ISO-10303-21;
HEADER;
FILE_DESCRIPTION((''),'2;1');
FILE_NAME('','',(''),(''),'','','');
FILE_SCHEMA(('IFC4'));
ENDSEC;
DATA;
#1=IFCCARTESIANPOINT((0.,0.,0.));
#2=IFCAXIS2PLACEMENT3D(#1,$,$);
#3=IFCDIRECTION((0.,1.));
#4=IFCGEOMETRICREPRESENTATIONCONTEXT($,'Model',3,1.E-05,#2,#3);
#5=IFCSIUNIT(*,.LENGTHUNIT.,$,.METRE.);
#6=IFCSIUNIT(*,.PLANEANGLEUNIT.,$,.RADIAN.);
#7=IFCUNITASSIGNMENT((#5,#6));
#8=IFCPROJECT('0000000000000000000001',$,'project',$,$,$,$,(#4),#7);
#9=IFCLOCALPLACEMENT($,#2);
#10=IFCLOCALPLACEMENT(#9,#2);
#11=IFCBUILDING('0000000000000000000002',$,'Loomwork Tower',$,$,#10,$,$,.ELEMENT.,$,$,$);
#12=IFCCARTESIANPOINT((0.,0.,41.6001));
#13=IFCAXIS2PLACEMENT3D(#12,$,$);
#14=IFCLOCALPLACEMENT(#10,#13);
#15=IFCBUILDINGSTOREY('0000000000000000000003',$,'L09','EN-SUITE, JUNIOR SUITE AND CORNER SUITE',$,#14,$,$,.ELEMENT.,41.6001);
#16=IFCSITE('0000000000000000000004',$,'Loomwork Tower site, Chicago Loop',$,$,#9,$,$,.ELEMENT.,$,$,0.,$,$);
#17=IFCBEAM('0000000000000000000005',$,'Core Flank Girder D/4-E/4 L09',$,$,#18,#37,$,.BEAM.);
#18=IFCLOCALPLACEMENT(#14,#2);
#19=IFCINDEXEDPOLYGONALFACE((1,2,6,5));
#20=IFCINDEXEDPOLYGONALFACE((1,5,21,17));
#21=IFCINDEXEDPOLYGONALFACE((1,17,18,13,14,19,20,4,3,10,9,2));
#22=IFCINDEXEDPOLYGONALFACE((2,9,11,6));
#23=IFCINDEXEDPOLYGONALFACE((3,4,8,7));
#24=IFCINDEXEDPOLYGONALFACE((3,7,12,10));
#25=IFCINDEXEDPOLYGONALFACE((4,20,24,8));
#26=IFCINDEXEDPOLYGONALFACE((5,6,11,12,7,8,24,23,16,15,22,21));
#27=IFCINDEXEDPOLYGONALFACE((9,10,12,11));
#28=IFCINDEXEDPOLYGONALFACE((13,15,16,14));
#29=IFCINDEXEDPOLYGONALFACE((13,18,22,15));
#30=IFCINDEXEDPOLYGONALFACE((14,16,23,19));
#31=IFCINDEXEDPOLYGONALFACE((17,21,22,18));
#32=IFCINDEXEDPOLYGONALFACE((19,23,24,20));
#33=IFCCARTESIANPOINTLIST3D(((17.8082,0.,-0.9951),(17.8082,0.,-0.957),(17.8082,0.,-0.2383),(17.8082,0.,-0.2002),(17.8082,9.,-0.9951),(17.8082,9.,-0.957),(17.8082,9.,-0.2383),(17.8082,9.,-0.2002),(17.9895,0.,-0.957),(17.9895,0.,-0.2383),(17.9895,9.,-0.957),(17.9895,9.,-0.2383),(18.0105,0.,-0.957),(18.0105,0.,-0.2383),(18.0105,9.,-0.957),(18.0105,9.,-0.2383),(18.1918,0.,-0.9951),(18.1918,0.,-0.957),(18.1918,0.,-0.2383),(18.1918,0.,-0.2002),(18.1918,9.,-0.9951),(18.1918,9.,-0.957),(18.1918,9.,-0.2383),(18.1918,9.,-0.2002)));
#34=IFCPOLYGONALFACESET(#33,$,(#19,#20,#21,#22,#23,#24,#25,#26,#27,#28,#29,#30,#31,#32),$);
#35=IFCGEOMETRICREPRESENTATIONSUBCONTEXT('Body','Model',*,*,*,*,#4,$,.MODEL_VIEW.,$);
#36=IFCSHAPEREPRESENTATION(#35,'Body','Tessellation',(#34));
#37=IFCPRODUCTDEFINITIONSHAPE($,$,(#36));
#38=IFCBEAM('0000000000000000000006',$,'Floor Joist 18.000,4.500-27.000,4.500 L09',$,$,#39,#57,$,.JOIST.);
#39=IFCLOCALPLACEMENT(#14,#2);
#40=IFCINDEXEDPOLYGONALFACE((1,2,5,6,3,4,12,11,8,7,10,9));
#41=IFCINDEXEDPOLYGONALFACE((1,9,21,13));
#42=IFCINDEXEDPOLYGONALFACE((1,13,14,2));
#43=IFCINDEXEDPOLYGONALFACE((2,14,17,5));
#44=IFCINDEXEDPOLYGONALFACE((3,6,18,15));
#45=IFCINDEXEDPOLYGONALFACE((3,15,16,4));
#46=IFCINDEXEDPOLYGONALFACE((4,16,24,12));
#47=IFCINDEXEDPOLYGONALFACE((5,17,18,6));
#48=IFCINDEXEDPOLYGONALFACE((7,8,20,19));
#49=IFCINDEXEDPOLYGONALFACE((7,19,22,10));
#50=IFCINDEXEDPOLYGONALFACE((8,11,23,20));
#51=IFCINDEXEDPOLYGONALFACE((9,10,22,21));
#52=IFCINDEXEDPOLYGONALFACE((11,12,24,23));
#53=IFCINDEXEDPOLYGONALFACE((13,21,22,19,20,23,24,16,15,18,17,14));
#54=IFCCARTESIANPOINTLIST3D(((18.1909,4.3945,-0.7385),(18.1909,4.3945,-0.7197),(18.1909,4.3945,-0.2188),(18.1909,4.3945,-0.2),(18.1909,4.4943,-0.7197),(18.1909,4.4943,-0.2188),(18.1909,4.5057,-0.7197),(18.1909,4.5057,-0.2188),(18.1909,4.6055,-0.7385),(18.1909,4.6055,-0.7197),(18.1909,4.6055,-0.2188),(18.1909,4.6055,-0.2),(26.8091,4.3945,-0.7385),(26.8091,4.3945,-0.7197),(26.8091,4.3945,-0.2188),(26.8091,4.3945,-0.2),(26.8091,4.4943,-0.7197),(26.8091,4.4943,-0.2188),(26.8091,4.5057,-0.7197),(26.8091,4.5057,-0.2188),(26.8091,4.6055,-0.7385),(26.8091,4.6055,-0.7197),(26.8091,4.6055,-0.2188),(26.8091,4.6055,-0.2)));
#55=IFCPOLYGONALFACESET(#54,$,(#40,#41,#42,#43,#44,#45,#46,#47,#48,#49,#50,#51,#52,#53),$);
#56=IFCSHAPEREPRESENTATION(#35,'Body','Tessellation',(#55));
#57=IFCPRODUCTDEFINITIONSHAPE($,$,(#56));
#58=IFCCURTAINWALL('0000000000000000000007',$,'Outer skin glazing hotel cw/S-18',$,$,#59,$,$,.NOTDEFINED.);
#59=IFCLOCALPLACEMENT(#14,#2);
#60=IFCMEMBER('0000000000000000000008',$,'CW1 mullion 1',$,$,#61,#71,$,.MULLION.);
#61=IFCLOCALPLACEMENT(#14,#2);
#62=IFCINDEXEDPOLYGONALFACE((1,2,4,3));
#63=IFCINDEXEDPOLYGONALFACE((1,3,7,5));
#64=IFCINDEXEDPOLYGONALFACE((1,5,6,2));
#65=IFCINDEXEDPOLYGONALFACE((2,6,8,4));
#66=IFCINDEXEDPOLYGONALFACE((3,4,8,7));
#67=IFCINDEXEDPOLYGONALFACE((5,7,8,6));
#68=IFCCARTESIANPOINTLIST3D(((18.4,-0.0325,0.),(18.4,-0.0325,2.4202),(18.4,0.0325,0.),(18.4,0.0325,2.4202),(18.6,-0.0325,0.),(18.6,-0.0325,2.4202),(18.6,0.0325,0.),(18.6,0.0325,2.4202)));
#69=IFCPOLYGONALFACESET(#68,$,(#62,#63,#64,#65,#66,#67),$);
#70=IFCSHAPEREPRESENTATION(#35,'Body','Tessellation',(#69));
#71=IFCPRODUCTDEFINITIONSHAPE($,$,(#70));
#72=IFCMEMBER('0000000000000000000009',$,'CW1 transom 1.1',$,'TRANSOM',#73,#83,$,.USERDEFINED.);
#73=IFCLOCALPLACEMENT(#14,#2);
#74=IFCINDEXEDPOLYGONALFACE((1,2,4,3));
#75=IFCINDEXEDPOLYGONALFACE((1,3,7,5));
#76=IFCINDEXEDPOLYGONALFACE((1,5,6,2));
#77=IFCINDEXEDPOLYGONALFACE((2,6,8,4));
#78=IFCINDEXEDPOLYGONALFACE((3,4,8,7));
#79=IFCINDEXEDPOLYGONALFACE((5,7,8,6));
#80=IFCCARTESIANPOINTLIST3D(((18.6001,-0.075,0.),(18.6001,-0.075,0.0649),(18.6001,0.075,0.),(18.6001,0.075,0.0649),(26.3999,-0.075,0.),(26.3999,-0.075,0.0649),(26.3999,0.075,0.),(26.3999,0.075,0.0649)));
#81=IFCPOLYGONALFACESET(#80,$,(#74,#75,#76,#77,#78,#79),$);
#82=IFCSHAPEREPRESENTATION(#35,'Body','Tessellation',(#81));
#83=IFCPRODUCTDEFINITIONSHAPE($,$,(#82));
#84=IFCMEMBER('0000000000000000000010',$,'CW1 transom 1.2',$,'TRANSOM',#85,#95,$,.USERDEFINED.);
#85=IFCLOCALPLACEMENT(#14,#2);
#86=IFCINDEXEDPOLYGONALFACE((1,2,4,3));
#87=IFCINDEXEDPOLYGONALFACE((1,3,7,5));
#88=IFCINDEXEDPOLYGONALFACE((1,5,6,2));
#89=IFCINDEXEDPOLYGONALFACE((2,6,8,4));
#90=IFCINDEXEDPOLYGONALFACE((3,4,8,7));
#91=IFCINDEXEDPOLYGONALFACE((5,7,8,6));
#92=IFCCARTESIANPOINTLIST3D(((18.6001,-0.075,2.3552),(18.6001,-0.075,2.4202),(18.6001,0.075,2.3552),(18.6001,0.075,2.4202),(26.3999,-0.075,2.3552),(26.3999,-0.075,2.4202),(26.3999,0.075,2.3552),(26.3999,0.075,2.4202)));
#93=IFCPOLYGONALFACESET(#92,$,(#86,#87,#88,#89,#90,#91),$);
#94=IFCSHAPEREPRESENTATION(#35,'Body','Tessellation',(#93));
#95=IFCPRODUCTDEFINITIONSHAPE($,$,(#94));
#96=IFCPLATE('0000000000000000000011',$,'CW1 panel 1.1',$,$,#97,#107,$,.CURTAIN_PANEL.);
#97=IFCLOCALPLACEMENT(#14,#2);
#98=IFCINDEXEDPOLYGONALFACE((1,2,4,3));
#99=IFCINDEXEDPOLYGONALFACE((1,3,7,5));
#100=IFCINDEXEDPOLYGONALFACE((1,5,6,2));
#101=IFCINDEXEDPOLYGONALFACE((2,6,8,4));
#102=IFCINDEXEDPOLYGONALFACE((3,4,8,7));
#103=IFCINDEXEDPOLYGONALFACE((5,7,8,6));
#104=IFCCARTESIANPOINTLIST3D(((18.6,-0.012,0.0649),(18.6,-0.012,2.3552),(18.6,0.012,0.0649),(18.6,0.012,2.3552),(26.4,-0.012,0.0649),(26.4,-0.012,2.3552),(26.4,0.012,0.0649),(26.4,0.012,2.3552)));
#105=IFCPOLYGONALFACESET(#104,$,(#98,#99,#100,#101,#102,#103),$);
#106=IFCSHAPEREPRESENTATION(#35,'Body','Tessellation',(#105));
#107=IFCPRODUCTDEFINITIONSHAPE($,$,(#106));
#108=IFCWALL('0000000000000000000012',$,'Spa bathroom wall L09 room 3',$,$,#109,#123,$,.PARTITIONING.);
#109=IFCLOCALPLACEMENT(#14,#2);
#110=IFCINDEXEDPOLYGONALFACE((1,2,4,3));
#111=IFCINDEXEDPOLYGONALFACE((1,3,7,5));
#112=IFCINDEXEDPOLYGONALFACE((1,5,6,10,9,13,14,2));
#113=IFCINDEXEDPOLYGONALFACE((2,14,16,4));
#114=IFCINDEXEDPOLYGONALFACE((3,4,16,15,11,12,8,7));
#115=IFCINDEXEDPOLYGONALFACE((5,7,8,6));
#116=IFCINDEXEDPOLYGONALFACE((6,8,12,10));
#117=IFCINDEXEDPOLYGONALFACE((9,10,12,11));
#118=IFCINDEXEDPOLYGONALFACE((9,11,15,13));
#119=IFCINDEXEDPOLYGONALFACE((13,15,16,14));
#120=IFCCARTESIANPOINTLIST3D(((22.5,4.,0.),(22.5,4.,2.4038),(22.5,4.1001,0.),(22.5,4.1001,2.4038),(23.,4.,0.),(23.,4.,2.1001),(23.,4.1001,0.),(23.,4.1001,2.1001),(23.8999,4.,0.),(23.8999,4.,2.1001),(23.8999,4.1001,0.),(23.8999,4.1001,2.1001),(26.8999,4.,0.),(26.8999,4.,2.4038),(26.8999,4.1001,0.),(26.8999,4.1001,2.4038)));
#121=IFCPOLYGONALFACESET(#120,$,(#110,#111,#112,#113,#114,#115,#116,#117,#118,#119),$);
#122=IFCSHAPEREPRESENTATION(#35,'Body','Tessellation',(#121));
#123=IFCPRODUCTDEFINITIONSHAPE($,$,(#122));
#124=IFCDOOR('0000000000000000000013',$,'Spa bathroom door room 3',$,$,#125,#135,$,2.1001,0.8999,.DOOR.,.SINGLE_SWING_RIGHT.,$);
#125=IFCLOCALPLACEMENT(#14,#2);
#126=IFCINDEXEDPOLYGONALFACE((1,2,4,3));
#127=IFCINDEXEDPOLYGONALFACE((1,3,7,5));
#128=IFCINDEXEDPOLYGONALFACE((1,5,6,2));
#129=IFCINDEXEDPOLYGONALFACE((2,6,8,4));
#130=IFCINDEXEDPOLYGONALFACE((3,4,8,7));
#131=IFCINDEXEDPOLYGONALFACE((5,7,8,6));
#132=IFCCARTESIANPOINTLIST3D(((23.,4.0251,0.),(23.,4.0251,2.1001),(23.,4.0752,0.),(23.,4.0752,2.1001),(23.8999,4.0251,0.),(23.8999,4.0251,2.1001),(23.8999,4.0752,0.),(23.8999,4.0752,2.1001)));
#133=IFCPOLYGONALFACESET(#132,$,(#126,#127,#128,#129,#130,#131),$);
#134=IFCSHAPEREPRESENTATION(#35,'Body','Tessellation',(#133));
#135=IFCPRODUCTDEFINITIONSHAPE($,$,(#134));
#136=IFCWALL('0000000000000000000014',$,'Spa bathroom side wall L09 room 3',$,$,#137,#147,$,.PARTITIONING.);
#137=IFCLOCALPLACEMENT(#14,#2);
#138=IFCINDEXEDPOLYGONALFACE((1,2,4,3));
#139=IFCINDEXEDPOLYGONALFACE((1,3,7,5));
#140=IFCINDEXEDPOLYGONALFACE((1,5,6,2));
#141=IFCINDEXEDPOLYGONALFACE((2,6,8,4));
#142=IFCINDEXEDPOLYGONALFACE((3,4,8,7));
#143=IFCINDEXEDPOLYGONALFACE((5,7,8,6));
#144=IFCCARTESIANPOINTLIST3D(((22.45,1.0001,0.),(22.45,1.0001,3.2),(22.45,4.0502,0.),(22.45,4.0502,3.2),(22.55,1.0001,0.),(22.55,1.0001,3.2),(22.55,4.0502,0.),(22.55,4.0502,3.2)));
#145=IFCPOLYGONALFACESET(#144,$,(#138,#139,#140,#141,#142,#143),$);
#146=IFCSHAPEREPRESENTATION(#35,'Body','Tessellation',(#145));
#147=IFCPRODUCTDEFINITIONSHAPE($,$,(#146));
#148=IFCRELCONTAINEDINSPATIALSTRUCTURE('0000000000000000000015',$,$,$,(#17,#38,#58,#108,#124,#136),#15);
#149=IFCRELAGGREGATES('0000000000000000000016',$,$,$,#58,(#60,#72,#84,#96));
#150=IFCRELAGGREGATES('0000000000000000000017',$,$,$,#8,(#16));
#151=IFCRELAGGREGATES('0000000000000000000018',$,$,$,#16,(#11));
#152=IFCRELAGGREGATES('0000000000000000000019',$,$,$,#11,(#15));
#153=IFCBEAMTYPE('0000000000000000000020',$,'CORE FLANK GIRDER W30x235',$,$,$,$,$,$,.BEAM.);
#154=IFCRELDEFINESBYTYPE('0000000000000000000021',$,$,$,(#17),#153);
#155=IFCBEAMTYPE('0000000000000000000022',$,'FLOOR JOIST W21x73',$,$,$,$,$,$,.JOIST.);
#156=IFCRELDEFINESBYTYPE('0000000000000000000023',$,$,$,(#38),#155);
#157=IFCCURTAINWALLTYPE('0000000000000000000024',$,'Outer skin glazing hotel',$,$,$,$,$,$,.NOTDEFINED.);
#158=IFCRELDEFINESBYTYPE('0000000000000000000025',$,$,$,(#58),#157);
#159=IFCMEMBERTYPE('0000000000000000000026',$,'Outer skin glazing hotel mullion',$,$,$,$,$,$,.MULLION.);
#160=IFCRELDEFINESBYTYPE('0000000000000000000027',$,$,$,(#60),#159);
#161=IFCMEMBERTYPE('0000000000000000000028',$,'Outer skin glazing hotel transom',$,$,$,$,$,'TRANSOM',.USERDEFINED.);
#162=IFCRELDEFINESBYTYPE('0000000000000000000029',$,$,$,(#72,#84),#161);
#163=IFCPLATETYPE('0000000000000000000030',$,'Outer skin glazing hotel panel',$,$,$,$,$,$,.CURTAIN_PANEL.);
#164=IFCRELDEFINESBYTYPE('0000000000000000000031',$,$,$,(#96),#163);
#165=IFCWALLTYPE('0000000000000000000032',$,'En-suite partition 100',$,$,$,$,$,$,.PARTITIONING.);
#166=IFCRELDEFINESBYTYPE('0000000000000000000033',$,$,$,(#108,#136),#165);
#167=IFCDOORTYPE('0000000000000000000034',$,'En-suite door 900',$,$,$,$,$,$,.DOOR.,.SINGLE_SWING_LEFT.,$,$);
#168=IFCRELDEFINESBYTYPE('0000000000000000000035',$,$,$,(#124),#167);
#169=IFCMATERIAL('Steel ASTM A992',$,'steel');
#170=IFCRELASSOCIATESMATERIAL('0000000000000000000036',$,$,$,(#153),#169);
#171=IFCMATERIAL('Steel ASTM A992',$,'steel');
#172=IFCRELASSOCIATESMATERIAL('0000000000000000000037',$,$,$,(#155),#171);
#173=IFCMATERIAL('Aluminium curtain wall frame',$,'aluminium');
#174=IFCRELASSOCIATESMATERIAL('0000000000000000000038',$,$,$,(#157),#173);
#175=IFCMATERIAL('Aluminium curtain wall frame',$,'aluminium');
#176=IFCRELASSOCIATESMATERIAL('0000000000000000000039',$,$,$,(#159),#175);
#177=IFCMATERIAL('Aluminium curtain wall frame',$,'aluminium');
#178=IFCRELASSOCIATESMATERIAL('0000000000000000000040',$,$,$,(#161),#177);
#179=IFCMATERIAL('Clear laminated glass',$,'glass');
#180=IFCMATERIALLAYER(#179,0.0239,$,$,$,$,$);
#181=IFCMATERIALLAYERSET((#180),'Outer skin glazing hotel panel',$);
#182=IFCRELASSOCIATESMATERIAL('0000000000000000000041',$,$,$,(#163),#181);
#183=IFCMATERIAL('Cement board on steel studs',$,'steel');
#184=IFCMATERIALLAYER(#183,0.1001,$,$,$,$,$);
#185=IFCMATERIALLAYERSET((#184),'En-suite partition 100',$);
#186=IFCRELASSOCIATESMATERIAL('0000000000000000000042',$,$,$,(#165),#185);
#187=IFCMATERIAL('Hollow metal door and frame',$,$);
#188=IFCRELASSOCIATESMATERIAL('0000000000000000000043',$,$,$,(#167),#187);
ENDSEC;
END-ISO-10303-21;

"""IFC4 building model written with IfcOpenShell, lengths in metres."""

from ifc_helpers import new_model, si_unit, direction, frame, frame_2d, origin, origin_2d, place, context, subcontext, project, spatial, rectangle, i_section, extrude, material, layer, layer_set, material_profile, profile_set, type_object, element, fill, aggregate, save


model = new_model("IFC4")

# Units and contexts
model_context = context("Model", 3, precision=1e-05, world=origin(), true_north=direction((0.0, 1.0)))
body_context = subcontext(model_context, "Body", "Model", "MODEL_VIEW")
ifc_project = project(units=[si_unit("LENGTHUNIT", "METRE"), si_unit("PLANEANGLEUNIT", "RADIAN")], contexts=[model_context])

# Site, building, storey
site_placement = place(None, origin())
site = spatial("IfcSite", under=ifc_project, at=site_placement, Name="Loomwork Tower site, Chicago Loop", CompositionType="ELEMENT", RefElevation=0.0)
building_placement = place(site_placement, origin())
building = spatial("IfcBuilding", under=site, at=building_placement, Name="Loomwork Tower", CompositionType="ELEMENT")
storey_placement = place(building_placement, frame((0.0, 0.0, 41.6001)))
storey = spatial("IfcBuildingStorey", under=building, at=storey_placement, Name="L09", Description="EN-SUITE, JUNIOR SUITE AND CORNER SUITE", CompositionType="ELEMENT", Elevation=41.6001)

# Beams
ifc_material_1 = material(Name="Steel ASTM A992", Category="steel")
ifc_material_profile_1 = material_profile(ifc_material_1, i_section(OverallWidth=0.3835, OverallDepth=0.7949, WebThickness=0.021, FlangeThickness=0.0381, at=origin_2d()), Name="W30x235")
ifc_profile_set_1 = profile_set([ifc_material_profile_1], Name="Steel ASTM A992")
beam_type_1 = type_object("IfcBeamType", Name="CORE FLANK GIRDER W30x235", PredefinedType="BEAM", material=ifc_profile_set_1)
beam_1_placement = place(storey_placement, frame((18.0, 0.0, -0.5977), z_axis=(0.0, 1.0, 0.0), x_axis=(-1.0, 0.0, 0.0)))
element("IfcBeam", 1, at=beam_1_placement, inside=storey, type_object=beam_type_1, Name="Core Flank Girder D/4-E/4 L09", PredefinedType="BEAM", context=body_context, shape_type="SweptSolid", body=[
    extrude(i_section(OverallWidth=0.3835, OverallDepth=0.7949, WebThickness=0.021, FlangeThickness=0.0381, at=origin_2d()), origin(), (0.0, 0.0, 1.0), 9.0),
])
ifc_material_2 = material(Name="Steel ASTM A992", Category="steel")
ifc_material_profile_2 = material_profile(ifc_material_2, i_section(OverallWidth=0.2109, OverallDepth=0.5386, WebThickness=0.0115, FlangeThickness=0.0188, at=origin_2d()), Name="W21x73")
ifc_profile_set_2 = profile_set([ifc_material_profile_2], Name="Steel ASTM A992")
beam_type_2 = type_object("IfcBeamType", Name="FLOOR JOIST W21x73", PredefinedType="JOIST", material=ifc_profile_set_2)
beam_2_placement = place(storey_placement, frame((18.1909, 4.5, -0.4692), z_axis=(1.0, 0.0, 0.0), x_axis=(0.0, 1.0, 0.0)))
element("IfcBeam", 2, at=beam_2_placement, inside=storey, type_object=beam_type_2, Name="Floor Joist 18.000,4.500-27.000,4.500 L09", PredefinedType="JOIST", context=body_context, shape_type="SweptSolid", body=[
    extrude(i_section(OverallWidth=0.2109, OverallDepth=0.5386, WebThickness=0.0115, FlangeThickness=0.0188, at=origin_2d()), origin(), (0.0, 0.0, 1.0), 8.6182),
])

# Curtain wall, members, plate
ifc_material_3 = material(Name="Aluminium curtain wall frame", Category="aluminium")
curtain_wall_type = type_object("IfcCurtainWallType", Name="Outer skin glazing hotel", PredefinedType="NOTDEFINED", material=ifc_material_3)
curtain_wall_placement = place(storey_placement, origin())
curtain_wall = element("IfcCurtainWall", 3, at=curtain_wall_placement, inside=storey, type_object=curtain_wall_type, Name="Outer skin glazing hotel cw/S-18", PredefinedType="NOTDEFINED")
ifc_material_4 = material(Name="Aluminium curtain wall frame", Category="aluminium")
ifc_material_profile_3 = material_profile(ifc_material_4, rectangle(XDim=0.0649, YDim=0.2, at=origin_2d()), Name="AL 65x200")
ifc_profile_set_3 = profile_set([ifc_material_profile_3], Name="Aluminium curtain wall frame")
member_type_1 = type_object("IfcMemberType", Name="Outer skin glazing hotel mullion", PredefinedType="MULLION", material=ifc_profile_set_3)
member_1_placement = place(storey_placement, frame((18.5, 0.0, 0.0), z_axis=(0.0, 0.0, 1.0), x_axis=(0.0, 1.0, 0.0)))
member_1 = element("IfcMember", 4, at=member_1_placement, type_object=member_type_1, Name="CW1 mullion 1", PredefinedType="MULLION", context=body_context, shape_type="SweptSolid", body=[
    extrude(rectangle(XDim=0.0649, YDim=0.2, at=origin_2d()), origin(), (0.0, 0.0, 1.0), 2.4202),
])
ifc_material_5 = material(Name="Aluminium curtain wall frame", Category="aluminium")
ifc_material_profile_4 = material_profile(ifc_material_5, rectangle(XDim=0.1499, YDim=0.0649, at=origin_2d()), Name="AL 65x150")
ifc_profile_set_4 = profile_set([ifc_material_profile_4], Name="Aluminium curtain wall frame")
member_type_2 = type_object("IfcMemberType", Name="Outer skin glazing hotel transom", ElementType="TRANSOM", PredefinedType="USERDEFINED", material=ifc_profile_set_4)
member_2_placement = place(storey_placement, frame((18.6001, 0.0, 0.0325), z_axis=(1.0, 0.0, 0.0), x_axis=(0.0, 1.0, 0.0)))
member_2 = element("IfcMember", 5, at=member_2_placement, type_object=member_type_2, Name="CW1 transom 1.1", ObjectType="TRANSOM", PredefinedType="USERDEFINED", context=body_context, shape_type="SweptSolid", body=[
    extrude(rectangle(XDim=0.1499, YDim=0.0649, at=origin_2d()), origin(), (0.0, 0.0, 1.0), 7.7998),
])
member_3_placement = place(storey_placement, frame((18.6001, 0.0, 2.3877), z_axis=(1.0, 0.0, 0.0), x_axis=(0.0, 1.0, 0.0)))
member_3 = element("IfcMember", 6, at=member_3_placement, type_object=member_type_2, Name="CW1 transom 1.2", ObjectType="TRANSOM", PredefinedType="USERDEFINED", context=body_context, shape_type="SweptSolid", body=[
    extrude(rectangle(XDim=0.1499, YDim=0.0649, at=origin_2d()), origin(), (0.0, 0.0, 1.0), 7.7998),
])
ifc_material_6 = material(Name="Clear laminated glass", Category="glass")
ifc_layer_1 = layer(ifc_material_6, 0.0239)
ifc_layer_set_1 = layer_set([ifc_layer_1], Name="Outer skin glazing hotel panel")
plate_type = type_object("IfcPlateType", Name="Outer skin glazing hotel panel", PredefinedType="CURTAIN_PANEL", material=ifc_layer_set_1)
plate_placement = place(storey_placement, frame((22.5, 0.0, 0.0649), z_axis=(0.0, 0.0, 1.0), x_axis=(1.0, 0.0, 0.0)))
plate = element("IfcPlate", 7, at=plate_placement, type_object=plate_type, Name="CW1 panel 1.1", PredefinedType="CURTAIN_PANEL", context=body_context, shape_type="SweptSolid", body=[
    extrude(rectangle(XDim=7.8, YDim=0.0239, at=origin_2d()), origin(), (0.0, 0.0, 1.0), 2.2903),
])
aggregate(curtain_wall, [member_1, member_2, member_3, plate])

# Wall, opening, door
ifc_material_7 = material(Name="Cement board on steel studs", Category="steel")
ifc_layer_2 = layer(ifc_material_7, 0.1001)
ifc_layer_set_2 = layer_set([ifc_layer_2], Name="En-suite partition 100")
wall_type_1 = type_object("IfcWallType", Name="En-suite partition 100", PredefinedType="PARTITIONING", material=ifc_layer_set_2)
wall_1_placement = place(storey_placement, frame((22.5, 4.05, 0.0), z_axis=(0.0, 0.0, 1.0), x_axis=(1.0, 0.0, 0.0)))
wall_1 = element("IfcWall", 8, at=wall_1_placement, inside=storey, type_object=wall_type_1, Name="Spa bathroom wall L09 room 3", PredefinedType="PARTITIONING", context=body_context, shape_type="SweptSolid", body=[
    extrude(rectangle(XDim=4.3999, YDim=0.1001, at=frame_2d((2.2, 0.0))), origin(), (0.0, 0.0, 1.0), 2.4038),
])
opening_1_placement = place(wall_1_placement, frame((0.5, 0.0, 0.0)))
opening_1 = element("IfcOpeningElement", 9, at=opening_1_placement, cuts=wall_1, PredefinedType="OPENING", context=body_context, shape_type="SweptSolid", body=[
    extrude(rectangle(XDim=0.8999, YDim=2.1001, at=frame_2d((0.45, 1.05))), frame((0.0, 0.0601, 0.0), z_axis=(0.0, -1.0, 0.0), x_axis=(1.0, 0.0, 0.0)), (0.0, 0.0, 1.0), 0.1201),
])
ifc_material_8 = material(Name="Hollow metal door and frame")
door_type = type_object("IfcDoorType", Name="En-suite door 900", OperationType="SINGLE_SWING_LEFT", PredefinedType="DOOR", material=ifc_material_8)
door_placement = place(opening_1_placement, frame((0.8999, 0.0, 0.0), z_axis=(0.0, 0.0, 1.0), x_axis=(-1.0, 0.0, 0.0)))
door = element("IfcDoor", 10, at=door_placement, inside=storey, type_object=door_type, Name="Spa bathroom door room 3", OperationType="SINGLE_SWING_RIGHT", OverallHeight=2.1001, OverallWidth=0.8999, PredefinedType="DOOR", context=body_context, shape_type="SweptSolid", body=[
    extrude(rectangle(XDim=0.8999, YDim=2.1001, at=frame_2d((0.45, 1.05))), frame((0.0, 0.0249, 0.0), z_axis=(0.0, -1.0, 0.0), x_axis=(1.0, 0.0, 0.0)), (0.0, 0.0, 1.0), 0.05),
])
fill(opening_1, door)

# Wall
wall_2_placement = place(storey_placement, frame((22.5, 4.05, 0.0), z_axis=(0.0, 0.0, 1.0), x_axis=(0.0, -1.0, 0.0)))
element("IfcWall", 11, at=wall_2_placement, inside=storey, type_object=wall_type_1, Name="Spa bathroom side wall L09 room 3", PredefinedType="PARTITIONING", context=body_context, shape_type="SweptSolid", body=[
    extrude(rectangle(XDim=3.05, YDim=0.1001, at=frame_2d((1.5249, 0.0))), origin(), (0.0, 0.0, 1.0), 3.2),
])

save(model, "model.ifc")
